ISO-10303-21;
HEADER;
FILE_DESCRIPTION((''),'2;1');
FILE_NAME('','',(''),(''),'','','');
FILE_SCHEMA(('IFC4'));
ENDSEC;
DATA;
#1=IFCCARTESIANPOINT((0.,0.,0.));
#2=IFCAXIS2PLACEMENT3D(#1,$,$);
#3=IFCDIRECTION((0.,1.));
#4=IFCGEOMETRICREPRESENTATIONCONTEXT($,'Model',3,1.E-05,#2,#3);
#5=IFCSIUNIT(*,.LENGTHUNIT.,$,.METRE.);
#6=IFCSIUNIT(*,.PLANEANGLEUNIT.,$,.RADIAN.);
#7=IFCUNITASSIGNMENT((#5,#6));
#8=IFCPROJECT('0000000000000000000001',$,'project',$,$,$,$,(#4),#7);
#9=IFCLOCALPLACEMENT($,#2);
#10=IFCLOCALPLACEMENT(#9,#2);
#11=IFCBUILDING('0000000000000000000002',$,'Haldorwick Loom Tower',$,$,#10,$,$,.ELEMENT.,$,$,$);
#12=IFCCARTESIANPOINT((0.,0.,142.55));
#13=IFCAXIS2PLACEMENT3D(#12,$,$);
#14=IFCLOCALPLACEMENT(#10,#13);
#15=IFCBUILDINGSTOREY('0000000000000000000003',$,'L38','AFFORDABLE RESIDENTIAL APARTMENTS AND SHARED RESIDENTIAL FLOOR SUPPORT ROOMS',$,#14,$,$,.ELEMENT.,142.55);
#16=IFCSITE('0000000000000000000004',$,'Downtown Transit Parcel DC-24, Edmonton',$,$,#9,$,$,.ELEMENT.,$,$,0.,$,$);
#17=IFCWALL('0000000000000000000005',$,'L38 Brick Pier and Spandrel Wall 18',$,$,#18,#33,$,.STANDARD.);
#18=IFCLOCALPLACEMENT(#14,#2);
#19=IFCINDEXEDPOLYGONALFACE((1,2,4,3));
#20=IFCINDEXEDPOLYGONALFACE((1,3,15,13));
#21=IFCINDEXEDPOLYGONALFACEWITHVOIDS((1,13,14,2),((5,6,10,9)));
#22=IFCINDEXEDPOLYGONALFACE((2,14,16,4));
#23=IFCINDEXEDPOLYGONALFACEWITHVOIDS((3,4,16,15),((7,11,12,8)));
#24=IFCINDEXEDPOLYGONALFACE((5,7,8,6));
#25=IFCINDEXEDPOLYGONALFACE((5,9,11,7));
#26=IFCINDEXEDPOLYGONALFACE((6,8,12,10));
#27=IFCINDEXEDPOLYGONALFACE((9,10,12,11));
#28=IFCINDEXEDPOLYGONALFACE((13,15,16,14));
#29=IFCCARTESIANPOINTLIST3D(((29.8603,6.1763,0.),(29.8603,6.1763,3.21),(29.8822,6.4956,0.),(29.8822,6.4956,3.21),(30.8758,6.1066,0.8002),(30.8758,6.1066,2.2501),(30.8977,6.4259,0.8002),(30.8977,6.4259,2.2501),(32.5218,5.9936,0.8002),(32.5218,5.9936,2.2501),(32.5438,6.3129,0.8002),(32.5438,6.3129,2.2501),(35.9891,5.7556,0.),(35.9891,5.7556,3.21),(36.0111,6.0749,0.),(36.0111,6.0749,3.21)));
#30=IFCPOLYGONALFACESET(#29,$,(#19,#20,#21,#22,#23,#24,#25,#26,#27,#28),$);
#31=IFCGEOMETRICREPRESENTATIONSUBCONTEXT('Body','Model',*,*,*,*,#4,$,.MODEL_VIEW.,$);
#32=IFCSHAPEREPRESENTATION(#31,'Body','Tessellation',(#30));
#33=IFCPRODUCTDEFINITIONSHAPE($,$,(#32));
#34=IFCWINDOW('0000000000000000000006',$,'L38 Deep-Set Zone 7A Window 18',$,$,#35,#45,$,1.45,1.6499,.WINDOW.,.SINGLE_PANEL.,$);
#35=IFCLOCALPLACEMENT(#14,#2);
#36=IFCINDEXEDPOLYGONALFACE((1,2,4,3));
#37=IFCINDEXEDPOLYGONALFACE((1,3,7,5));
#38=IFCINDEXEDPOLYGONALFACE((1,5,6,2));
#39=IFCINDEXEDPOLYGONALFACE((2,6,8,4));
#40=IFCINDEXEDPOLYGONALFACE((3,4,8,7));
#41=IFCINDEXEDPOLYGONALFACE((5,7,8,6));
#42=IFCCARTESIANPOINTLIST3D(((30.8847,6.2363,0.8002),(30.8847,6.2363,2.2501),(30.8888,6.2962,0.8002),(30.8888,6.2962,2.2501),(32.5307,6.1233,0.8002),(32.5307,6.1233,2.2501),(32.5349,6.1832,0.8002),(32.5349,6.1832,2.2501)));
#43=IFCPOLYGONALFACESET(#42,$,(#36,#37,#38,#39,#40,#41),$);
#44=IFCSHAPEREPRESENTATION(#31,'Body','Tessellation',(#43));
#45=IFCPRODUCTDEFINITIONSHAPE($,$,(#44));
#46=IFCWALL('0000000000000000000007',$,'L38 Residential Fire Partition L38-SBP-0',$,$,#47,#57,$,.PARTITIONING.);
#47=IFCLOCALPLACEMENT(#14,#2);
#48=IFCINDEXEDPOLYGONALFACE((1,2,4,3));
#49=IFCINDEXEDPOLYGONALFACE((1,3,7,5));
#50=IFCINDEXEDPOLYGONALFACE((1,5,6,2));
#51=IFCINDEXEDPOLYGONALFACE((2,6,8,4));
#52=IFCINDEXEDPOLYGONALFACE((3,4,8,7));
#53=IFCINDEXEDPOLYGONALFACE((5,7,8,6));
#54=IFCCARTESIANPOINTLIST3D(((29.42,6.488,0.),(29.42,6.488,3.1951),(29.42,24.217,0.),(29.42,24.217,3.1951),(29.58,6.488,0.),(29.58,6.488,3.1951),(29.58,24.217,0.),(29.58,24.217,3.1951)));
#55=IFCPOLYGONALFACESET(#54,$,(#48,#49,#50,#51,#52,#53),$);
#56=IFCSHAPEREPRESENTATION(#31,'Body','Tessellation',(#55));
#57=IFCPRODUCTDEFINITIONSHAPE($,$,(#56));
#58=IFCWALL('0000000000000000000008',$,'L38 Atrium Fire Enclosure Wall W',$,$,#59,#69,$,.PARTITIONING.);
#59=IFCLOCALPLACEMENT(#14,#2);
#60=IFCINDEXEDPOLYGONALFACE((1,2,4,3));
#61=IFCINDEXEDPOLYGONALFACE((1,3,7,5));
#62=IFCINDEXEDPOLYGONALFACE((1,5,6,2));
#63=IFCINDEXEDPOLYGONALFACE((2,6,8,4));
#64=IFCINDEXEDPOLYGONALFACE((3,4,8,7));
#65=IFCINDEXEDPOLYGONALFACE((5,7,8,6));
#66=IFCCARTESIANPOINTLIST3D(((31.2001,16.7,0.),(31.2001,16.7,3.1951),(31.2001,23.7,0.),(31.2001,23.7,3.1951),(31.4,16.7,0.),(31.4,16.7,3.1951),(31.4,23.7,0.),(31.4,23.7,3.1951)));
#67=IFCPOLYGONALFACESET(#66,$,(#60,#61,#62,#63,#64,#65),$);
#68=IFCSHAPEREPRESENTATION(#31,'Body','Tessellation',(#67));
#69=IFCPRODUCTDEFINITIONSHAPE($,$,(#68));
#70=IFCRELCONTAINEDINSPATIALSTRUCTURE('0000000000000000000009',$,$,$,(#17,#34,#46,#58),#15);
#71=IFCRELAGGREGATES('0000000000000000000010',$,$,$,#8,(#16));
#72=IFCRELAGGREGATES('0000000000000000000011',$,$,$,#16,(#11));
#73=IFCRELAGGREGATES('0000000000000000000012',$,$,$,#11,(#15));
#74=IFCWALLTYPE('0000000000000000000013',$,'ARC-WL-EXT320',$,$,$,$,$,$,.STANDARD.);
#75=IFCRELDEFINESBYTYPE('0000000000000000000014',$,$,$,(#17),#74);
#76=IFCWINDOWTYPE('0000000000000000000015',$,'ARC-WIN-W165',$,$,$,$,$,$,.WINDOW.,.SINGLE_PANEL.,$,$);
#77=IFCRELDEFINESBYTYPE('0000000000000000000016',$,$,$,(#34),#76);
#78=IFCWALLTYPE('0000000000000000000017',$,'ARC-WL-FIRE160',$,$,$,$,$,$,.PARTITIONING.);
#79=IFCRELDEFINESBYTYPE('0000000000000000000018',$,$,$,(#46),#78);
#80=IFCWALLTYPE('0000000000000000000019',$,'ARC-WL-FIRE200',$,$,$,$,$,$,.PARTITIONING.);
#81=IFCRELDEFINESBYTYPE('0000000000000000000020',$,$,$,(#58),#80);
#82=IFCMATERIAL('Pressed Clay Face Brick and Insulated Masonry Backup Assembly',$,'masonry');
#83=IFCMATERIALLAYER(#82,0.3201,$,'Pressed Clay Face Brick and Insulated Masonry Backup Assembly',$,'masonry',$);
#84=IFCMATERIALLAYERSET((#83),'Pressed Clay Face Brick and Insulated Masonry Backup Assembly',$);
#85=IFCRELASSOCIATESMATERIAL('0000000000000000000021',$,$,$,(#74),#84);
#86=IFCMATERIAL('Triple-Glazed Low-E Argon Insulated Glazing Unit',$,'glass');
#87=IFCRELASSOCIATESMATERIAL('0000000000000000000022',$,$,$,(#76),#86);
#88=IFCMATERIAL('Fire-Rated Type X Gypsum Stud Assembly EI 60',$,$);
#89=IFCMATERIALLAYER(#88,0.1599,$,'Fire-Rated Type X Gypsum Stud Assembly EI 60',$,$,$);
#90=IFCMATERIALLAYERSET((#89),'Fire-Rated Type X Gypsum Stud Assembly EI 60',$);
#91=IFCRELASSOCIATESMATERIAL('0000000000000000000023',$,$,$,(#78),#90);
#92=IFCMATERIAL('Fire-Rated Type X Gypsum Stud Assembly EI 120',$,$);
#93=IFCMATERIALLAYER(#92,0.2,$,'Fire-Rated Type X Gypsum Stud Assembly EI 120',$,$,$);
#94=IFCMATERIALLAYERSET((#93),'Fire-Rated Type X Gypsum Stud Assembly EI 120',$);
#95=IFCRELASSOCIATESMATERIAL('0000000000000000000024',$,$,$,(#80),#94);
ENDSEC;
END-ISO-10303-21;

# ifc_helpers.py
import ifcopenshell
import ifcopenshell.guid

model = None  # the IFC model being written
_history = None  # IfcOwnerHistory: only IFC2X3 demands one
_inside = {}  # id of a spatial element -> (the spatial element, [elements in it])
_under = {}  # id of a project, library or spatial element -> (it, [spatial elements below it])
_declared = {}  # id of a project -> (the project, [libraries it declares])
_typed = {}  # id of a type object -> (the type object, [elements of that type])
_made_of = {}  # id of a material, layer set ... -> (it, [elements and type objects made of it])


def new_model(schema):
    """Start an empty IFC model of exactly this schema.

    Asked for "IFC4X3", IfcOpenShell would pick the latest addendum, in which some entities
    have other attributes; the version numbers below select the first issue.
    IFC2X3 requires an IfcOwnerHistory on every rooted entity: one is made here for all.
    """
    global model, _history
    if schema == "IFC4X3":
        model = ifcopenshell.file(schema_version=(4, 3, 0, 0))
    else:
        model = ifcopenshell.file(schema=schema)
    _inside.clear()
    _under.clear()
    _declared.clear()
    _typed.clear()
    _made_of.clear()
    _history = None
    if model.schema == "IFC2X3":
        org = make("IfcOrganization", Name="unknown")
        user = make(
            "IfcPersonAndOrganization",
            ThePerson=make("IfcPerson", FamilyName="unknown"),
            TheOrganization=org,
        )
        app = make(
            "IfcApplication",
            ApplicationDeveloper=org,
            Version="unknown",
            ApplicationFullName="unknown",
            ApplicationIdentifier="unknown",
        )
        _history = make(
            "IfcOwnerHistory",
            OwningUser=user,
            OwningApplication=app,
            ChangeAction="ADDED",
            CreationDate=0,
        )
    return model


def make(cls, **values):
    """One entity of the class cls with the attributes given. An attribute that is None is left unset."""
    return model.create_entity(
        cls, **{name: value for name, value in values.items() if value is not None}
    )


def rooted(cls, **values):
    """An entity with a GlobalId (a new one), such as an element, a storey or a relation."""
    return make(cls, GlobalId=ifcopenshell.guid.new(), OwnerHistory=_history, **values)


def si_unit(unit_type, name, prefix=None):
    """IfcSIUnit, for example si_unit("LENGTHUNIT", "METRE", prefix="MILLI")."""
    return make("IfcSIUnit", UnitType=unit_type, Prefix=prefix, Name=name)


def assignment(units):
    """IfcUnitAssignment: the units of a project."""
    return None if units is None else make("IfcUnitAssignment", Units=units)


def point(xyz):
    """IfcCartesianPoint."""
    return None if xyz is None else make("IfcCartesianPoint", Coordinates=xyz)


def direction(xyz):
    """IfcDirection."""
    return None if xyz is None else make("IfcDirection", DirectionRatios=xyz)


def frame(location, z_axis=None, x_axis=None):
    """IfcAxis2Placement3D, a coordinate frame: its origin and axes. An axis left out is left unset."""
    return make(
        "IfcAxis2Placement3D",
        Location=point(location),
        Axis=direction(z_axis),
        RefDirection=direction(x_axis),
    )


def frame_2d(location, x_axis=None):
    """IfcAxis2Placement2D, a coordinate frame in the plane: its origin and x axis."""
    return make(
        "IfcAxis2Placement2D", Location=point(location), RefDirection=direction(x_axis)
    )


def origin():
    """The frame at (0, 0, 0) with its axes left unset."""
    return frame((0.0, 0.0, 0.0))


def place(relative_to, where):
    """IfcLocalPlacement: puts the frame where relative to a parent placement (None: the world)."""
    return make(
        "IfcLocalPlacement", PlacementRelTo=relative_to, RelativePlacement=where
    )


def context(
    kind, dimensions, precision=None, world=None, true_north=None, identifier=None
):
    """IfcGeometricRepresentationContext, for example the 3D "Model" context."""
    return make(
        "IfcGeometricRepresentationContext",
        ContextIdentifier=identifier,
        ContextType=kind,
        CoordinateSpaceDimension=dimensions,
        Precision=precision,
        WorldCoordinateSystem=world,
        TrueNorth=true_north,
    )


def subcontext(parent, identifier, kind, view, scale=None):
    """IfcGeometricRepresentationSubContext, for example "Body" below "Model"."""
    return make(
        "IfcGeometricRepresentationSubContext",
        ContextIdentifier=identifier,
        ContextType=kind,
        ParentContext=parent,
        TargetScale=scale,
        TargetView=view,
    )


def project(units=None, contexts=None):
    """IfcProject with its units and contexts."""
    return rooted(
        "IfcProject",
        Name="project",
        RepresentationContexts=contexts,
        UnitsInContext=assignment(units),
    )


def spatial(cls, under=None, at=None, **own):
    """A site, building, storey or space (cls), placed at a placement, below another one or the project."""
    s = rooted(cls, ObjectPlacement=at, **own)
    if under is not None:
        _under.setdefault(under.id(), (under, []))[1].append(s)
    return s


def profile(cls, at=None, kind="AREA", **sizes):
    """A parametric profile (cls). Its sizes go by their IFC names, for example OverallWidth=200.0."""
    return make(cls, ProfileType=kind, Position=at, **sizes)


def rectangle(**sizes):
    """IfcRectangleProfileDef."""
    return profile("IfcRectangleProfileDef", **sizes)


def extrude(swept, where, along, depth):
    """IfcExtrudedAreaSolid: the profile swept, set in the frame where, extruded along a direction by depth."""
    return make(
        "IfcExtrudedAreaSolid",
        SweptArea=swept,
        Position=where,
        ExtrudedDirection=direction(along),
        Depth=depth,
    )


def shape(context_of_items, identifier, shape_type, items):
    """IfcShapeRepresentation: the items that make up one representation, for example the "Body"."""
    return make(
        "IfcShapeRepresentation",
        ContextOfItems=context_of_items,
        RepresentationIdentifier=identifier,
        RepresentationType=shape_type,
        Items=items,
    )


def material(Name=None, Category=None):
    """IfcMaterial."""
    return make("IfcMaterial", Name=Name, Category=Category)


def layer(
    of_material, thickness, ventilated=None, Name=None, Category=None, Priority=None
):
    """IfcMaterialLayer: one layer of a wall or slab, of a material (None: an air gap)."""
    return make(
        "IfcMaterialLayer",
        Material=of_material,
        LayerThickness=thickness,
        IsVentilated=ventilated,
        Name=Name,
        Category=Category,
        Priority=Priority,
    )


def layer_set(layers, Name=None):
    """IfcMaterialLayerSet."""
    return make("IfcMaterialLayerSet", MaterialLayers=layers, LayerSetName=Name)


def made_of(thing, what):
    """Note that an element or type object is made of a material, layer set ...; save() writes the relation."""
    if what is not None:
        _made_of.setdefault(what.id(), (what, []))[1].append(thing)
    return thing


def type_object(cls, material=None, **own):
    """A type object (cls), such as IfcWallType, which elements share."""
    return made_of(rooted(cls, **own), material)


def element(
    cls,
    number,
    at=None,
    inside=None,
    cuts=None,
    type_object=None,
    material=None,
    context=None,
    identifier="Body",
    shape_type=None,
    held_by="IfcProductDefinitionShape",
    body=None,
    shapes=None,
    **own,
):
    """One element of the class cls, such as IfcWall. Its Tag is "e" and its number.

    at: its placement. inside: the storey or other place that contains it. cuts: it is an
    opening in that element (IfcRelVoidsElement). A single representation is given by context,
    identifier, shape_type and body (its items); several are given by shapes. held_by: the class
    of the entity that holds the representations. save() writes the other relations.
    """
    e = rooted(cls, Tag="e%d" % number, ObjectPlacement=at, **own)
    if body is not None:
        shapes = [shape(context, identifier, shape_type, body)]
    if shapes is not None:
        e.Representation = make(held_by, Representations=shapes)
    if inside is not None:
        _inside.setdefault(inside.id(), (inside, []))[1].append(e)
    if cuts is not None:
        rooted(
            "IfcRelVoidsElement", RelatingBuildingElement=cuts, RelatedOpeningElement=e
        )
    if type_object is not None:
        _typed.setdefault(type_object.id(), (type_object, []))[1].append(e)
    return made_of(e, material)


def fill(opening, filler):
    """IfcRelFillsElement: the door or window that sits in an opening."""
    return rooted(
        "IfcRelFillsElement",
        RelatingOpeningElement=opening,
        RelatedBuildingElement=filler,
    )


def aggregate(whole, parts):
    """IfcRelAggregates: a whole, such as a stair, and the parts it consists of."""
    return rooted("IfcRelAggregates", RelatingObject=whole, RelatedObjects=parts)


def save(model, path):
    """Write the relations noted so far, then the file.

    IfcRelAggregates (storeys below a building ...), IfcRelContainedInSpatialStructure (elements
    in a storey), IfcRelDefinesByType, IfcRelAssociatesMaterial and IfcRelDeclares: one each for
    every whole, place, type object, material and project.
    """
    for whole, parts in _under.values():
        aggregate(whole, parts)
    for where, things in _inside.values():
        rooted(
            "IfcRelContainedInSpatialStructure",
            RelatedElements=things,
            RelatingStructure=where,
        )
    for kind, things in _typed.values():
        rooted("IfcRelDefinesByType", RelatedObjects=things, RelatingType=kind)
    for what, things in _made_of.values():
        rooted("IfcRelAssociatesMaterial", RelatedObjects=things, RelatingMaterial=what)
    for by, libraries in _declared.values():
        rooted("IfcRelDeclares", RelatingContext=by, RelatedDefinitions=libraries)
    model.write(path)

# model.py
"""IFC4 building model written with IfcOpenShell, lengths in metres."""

from ifc_helpers import new_model, si_unit, direction, frame, frame_2d, origin, place, context, subcontext, project, spatial, rectangle, extrude, material, layer, layer_set, type_object, element, fill, save


model = new_model("IFC4")

# Units and contexts
model_context = context("Model", 3, precision=1e-05, world=origin(), true_north=direction((0.0, 1.0)))
body_context = subcontext(model_context, "Body", "Model", "MODEL_VIEW")
ifc_project = project(units=[si_unit("LENGTHUNIT", "METRE"), si_unit("PLANEANGLEUNIT", "RADIAN")], contexts=[model_context])

# Site, building, storey
site_placement = place(None, origin())
site = spatial("IfcSite", under=ifc_project, at=site_placement, Name="Downtown Transit Parcel DC-24, Edmonton", CompositionType="ELEMENT", RefElevation=0.0)
building_placement = place(site_placement, origin())
building = spatial("IfcBuilding", under=site, at=building_placement, Name="Haldorwick Loom Tower", CompositionType="ELEMENT")
storey_placement = place(building_placement, frame((0.0, 0.0, 142.55)))
storey = spatial("IfcBuildingStorey", under=building, at=storey_placement, Name="L38", Description="AFFORDABLE RESIDENTIAL APARTMENTS AND SHARED RESIDENTIAL FLOOR SUPPORT ROOMS", CompositionType="ELEMENT", Elevation=142.55)

# Shared definitions
ifc_material_1 = material(Name="Triple-Glazed Low-E Argon Insulated Glazing Unit", Category="glass")

# Shared definitions
ifc_material_2 = material(Name="Pressed Clay Face Brick and Insulated Masonry Backup Assembly", Category="masonry")
ifc_layer_1 = layer(ifc_material_2, 0.3201, Name="Pressed Clay Face Brick and Insulated Masonry Backup Assembly", Category="masonry")
ifc_layer_set_1 = layer_set([ifc_layer_1], Name="Pressed Clay Face Brick and Insulated Masonry Backup Assembly")
wall_type_1 = type_object("IfcWallType", Name="ARC-WL-EXT320", PredefinedType="STANDARD", material=ifc_layer_set_1)

# Wall, opening, window
wall_1_placement = place(storey_placement, frame((29.8711, 6.3359, 0.0), z_axis=(0.0, 0.0, 1.0), x_axis=(0.997653, -0.068473, 0.0)))
wall_1 = element("IfcWall", 1, at=wall_1_placement, inside=storey, type_object=wall_type_1, Name="L38 Brick Pier and Spandrel Wall 18", PredefinedType="STANDARD", context=body_context, shape_type="SweptSolid", body=[
    extrude(rectangle(XDim=6.1433, YDim=0.3201, at=frame_2d((3.0718, 0.0))), origin(), (0.0, 0.0, 1.0), 3.21),
])
opening_placement = place(wall_1_placement, frame((1.0181, 0.0, 0.8)))
opening = element("IfcOpeningElement", 2, at=opening_placement, cuts=wall_1, PredefinedType="OPENING", context=body_context, shape_type="SweptSolid", body=[
    extrude(rectangle(XDim=1.6499, YDim=1.45, at=frame_2d((0.825, 0.7251))), frame((0.0, 0.1699, 0.0), z_axis=(0.0, -1.0, 0.0), x_axis=(1.0, 0.0, 0.0)), (0.0, 0.0, 1.0), 0.3401),
])
window_type = type_object("IfcWindowType", Name="ARC-WIN-W165", PartitioningType="SINGLE_PANEL", PredefinedType="WINDOW", material=ifc_material_1)
window_placement = place(opening_placement, origin())
window = element("IfcWindow", 3, at=window_placement, inside=storey, type_object=window_type, Name="L38 Deep-Set Zone 7A Window 18", OverallHeight=1.45, OverallWidth=1.6499, PartitioningType="SINGLE_PANEL", PredefinedType="WINDOW", context=body_context, shape_type="SweptSolid", body=[
    extrude(rectangle(XDim=1.6499, YDim=1.45, at=frame_2d((0.825, 0.7251))), frame((0.0, 0.03, 0.0), z_axis=(0.0, -1.0, 0.0), x_axis=(1.0, 0.0, 0.0)), (0.0, 0.0, 1.0), 0.0601),
])
fill(opening, window)

# Walls
ifc_material_3 = material(Name="Fire-Rated Type X Gypsum Stud Assembly EI 60")
ifc_layer_2 = layer(ifc_material_3, 0.1599, Name="Fire-Rated Type X Gypsum Stud Assembly EI 60")
ifc_layer_set_2 = layer_set([ifc_layer_2], Name="Fire-Rated Type X Gypsum Stud Assembly EI 60")
wall_type_2 = type_object("IfcWallType", Name="ARC-WL-FIRE160", PredefinedType="PARTITIONING", material=ifc_layer_set_2)
wall_2_placement = place(storey_placement, frame((29.5, 6.488, 0.0), z_axis=(0.0, 0.0, 1.0), x_axis=(0.0, 1.0, 0.0)))
element("IfcWall", 4, at=wall_2_placement, inside=storey, type_object=wall_type_2, Name="L38 Residential Fire Partition L38-SBP-0", PredefinedType="PARTITIONING", context=body_context, shape_type="SweptSolid", body=[
    extrude(rectangle(XDim=17.729, YDim=0.1599, at=frame_2d((8.8645, 0.0))), origin(), (0.0, 0.0, 1.0), 3.1951),
])
ifc_material_4 = material(Name="Fire-Rated Type X Gypsum Stud Assembly EI 120")
ifc_layer_3 = layer(ifc_material_4, 0.2, Name="Fire-Rated Type X Gypsum Stud Assembly EI 120")
ifc_layer_set_3 = layer_set([ifc_layer_3], Name="Fire-Rated Type X Gypsum Stud Assembly EI 120")
wall_type_3 = type_object("IfcWallType", Name="ARC-WL-FIRE200", PredefinedType="PARTITIONING", material=ifc_layer_set_3)
wall_3_placement = place(storey_placement, frame((31.3, 16.7, 0.0), z_axis=(0.0, 0.0, 1.0), x_axis=(0.0, 1.0, 0.0)))
element("IfcWall", 5, at=wall_3_placement, inside=storey, type_object=wall_type_3, Name="L38 Atrium Fire Enclosure Wall W", PredefinedType="PARTITIONING", context=body_context, shape_type="SweptSolid", body=[
    extrude(rectangle(XDim=7.0, YDim=0.2, at=frame_2d((3.5, 0.0))), origin(), (0.0, 0.0, 1.0), 3.1951),
])

save(model, "model.ifc")
